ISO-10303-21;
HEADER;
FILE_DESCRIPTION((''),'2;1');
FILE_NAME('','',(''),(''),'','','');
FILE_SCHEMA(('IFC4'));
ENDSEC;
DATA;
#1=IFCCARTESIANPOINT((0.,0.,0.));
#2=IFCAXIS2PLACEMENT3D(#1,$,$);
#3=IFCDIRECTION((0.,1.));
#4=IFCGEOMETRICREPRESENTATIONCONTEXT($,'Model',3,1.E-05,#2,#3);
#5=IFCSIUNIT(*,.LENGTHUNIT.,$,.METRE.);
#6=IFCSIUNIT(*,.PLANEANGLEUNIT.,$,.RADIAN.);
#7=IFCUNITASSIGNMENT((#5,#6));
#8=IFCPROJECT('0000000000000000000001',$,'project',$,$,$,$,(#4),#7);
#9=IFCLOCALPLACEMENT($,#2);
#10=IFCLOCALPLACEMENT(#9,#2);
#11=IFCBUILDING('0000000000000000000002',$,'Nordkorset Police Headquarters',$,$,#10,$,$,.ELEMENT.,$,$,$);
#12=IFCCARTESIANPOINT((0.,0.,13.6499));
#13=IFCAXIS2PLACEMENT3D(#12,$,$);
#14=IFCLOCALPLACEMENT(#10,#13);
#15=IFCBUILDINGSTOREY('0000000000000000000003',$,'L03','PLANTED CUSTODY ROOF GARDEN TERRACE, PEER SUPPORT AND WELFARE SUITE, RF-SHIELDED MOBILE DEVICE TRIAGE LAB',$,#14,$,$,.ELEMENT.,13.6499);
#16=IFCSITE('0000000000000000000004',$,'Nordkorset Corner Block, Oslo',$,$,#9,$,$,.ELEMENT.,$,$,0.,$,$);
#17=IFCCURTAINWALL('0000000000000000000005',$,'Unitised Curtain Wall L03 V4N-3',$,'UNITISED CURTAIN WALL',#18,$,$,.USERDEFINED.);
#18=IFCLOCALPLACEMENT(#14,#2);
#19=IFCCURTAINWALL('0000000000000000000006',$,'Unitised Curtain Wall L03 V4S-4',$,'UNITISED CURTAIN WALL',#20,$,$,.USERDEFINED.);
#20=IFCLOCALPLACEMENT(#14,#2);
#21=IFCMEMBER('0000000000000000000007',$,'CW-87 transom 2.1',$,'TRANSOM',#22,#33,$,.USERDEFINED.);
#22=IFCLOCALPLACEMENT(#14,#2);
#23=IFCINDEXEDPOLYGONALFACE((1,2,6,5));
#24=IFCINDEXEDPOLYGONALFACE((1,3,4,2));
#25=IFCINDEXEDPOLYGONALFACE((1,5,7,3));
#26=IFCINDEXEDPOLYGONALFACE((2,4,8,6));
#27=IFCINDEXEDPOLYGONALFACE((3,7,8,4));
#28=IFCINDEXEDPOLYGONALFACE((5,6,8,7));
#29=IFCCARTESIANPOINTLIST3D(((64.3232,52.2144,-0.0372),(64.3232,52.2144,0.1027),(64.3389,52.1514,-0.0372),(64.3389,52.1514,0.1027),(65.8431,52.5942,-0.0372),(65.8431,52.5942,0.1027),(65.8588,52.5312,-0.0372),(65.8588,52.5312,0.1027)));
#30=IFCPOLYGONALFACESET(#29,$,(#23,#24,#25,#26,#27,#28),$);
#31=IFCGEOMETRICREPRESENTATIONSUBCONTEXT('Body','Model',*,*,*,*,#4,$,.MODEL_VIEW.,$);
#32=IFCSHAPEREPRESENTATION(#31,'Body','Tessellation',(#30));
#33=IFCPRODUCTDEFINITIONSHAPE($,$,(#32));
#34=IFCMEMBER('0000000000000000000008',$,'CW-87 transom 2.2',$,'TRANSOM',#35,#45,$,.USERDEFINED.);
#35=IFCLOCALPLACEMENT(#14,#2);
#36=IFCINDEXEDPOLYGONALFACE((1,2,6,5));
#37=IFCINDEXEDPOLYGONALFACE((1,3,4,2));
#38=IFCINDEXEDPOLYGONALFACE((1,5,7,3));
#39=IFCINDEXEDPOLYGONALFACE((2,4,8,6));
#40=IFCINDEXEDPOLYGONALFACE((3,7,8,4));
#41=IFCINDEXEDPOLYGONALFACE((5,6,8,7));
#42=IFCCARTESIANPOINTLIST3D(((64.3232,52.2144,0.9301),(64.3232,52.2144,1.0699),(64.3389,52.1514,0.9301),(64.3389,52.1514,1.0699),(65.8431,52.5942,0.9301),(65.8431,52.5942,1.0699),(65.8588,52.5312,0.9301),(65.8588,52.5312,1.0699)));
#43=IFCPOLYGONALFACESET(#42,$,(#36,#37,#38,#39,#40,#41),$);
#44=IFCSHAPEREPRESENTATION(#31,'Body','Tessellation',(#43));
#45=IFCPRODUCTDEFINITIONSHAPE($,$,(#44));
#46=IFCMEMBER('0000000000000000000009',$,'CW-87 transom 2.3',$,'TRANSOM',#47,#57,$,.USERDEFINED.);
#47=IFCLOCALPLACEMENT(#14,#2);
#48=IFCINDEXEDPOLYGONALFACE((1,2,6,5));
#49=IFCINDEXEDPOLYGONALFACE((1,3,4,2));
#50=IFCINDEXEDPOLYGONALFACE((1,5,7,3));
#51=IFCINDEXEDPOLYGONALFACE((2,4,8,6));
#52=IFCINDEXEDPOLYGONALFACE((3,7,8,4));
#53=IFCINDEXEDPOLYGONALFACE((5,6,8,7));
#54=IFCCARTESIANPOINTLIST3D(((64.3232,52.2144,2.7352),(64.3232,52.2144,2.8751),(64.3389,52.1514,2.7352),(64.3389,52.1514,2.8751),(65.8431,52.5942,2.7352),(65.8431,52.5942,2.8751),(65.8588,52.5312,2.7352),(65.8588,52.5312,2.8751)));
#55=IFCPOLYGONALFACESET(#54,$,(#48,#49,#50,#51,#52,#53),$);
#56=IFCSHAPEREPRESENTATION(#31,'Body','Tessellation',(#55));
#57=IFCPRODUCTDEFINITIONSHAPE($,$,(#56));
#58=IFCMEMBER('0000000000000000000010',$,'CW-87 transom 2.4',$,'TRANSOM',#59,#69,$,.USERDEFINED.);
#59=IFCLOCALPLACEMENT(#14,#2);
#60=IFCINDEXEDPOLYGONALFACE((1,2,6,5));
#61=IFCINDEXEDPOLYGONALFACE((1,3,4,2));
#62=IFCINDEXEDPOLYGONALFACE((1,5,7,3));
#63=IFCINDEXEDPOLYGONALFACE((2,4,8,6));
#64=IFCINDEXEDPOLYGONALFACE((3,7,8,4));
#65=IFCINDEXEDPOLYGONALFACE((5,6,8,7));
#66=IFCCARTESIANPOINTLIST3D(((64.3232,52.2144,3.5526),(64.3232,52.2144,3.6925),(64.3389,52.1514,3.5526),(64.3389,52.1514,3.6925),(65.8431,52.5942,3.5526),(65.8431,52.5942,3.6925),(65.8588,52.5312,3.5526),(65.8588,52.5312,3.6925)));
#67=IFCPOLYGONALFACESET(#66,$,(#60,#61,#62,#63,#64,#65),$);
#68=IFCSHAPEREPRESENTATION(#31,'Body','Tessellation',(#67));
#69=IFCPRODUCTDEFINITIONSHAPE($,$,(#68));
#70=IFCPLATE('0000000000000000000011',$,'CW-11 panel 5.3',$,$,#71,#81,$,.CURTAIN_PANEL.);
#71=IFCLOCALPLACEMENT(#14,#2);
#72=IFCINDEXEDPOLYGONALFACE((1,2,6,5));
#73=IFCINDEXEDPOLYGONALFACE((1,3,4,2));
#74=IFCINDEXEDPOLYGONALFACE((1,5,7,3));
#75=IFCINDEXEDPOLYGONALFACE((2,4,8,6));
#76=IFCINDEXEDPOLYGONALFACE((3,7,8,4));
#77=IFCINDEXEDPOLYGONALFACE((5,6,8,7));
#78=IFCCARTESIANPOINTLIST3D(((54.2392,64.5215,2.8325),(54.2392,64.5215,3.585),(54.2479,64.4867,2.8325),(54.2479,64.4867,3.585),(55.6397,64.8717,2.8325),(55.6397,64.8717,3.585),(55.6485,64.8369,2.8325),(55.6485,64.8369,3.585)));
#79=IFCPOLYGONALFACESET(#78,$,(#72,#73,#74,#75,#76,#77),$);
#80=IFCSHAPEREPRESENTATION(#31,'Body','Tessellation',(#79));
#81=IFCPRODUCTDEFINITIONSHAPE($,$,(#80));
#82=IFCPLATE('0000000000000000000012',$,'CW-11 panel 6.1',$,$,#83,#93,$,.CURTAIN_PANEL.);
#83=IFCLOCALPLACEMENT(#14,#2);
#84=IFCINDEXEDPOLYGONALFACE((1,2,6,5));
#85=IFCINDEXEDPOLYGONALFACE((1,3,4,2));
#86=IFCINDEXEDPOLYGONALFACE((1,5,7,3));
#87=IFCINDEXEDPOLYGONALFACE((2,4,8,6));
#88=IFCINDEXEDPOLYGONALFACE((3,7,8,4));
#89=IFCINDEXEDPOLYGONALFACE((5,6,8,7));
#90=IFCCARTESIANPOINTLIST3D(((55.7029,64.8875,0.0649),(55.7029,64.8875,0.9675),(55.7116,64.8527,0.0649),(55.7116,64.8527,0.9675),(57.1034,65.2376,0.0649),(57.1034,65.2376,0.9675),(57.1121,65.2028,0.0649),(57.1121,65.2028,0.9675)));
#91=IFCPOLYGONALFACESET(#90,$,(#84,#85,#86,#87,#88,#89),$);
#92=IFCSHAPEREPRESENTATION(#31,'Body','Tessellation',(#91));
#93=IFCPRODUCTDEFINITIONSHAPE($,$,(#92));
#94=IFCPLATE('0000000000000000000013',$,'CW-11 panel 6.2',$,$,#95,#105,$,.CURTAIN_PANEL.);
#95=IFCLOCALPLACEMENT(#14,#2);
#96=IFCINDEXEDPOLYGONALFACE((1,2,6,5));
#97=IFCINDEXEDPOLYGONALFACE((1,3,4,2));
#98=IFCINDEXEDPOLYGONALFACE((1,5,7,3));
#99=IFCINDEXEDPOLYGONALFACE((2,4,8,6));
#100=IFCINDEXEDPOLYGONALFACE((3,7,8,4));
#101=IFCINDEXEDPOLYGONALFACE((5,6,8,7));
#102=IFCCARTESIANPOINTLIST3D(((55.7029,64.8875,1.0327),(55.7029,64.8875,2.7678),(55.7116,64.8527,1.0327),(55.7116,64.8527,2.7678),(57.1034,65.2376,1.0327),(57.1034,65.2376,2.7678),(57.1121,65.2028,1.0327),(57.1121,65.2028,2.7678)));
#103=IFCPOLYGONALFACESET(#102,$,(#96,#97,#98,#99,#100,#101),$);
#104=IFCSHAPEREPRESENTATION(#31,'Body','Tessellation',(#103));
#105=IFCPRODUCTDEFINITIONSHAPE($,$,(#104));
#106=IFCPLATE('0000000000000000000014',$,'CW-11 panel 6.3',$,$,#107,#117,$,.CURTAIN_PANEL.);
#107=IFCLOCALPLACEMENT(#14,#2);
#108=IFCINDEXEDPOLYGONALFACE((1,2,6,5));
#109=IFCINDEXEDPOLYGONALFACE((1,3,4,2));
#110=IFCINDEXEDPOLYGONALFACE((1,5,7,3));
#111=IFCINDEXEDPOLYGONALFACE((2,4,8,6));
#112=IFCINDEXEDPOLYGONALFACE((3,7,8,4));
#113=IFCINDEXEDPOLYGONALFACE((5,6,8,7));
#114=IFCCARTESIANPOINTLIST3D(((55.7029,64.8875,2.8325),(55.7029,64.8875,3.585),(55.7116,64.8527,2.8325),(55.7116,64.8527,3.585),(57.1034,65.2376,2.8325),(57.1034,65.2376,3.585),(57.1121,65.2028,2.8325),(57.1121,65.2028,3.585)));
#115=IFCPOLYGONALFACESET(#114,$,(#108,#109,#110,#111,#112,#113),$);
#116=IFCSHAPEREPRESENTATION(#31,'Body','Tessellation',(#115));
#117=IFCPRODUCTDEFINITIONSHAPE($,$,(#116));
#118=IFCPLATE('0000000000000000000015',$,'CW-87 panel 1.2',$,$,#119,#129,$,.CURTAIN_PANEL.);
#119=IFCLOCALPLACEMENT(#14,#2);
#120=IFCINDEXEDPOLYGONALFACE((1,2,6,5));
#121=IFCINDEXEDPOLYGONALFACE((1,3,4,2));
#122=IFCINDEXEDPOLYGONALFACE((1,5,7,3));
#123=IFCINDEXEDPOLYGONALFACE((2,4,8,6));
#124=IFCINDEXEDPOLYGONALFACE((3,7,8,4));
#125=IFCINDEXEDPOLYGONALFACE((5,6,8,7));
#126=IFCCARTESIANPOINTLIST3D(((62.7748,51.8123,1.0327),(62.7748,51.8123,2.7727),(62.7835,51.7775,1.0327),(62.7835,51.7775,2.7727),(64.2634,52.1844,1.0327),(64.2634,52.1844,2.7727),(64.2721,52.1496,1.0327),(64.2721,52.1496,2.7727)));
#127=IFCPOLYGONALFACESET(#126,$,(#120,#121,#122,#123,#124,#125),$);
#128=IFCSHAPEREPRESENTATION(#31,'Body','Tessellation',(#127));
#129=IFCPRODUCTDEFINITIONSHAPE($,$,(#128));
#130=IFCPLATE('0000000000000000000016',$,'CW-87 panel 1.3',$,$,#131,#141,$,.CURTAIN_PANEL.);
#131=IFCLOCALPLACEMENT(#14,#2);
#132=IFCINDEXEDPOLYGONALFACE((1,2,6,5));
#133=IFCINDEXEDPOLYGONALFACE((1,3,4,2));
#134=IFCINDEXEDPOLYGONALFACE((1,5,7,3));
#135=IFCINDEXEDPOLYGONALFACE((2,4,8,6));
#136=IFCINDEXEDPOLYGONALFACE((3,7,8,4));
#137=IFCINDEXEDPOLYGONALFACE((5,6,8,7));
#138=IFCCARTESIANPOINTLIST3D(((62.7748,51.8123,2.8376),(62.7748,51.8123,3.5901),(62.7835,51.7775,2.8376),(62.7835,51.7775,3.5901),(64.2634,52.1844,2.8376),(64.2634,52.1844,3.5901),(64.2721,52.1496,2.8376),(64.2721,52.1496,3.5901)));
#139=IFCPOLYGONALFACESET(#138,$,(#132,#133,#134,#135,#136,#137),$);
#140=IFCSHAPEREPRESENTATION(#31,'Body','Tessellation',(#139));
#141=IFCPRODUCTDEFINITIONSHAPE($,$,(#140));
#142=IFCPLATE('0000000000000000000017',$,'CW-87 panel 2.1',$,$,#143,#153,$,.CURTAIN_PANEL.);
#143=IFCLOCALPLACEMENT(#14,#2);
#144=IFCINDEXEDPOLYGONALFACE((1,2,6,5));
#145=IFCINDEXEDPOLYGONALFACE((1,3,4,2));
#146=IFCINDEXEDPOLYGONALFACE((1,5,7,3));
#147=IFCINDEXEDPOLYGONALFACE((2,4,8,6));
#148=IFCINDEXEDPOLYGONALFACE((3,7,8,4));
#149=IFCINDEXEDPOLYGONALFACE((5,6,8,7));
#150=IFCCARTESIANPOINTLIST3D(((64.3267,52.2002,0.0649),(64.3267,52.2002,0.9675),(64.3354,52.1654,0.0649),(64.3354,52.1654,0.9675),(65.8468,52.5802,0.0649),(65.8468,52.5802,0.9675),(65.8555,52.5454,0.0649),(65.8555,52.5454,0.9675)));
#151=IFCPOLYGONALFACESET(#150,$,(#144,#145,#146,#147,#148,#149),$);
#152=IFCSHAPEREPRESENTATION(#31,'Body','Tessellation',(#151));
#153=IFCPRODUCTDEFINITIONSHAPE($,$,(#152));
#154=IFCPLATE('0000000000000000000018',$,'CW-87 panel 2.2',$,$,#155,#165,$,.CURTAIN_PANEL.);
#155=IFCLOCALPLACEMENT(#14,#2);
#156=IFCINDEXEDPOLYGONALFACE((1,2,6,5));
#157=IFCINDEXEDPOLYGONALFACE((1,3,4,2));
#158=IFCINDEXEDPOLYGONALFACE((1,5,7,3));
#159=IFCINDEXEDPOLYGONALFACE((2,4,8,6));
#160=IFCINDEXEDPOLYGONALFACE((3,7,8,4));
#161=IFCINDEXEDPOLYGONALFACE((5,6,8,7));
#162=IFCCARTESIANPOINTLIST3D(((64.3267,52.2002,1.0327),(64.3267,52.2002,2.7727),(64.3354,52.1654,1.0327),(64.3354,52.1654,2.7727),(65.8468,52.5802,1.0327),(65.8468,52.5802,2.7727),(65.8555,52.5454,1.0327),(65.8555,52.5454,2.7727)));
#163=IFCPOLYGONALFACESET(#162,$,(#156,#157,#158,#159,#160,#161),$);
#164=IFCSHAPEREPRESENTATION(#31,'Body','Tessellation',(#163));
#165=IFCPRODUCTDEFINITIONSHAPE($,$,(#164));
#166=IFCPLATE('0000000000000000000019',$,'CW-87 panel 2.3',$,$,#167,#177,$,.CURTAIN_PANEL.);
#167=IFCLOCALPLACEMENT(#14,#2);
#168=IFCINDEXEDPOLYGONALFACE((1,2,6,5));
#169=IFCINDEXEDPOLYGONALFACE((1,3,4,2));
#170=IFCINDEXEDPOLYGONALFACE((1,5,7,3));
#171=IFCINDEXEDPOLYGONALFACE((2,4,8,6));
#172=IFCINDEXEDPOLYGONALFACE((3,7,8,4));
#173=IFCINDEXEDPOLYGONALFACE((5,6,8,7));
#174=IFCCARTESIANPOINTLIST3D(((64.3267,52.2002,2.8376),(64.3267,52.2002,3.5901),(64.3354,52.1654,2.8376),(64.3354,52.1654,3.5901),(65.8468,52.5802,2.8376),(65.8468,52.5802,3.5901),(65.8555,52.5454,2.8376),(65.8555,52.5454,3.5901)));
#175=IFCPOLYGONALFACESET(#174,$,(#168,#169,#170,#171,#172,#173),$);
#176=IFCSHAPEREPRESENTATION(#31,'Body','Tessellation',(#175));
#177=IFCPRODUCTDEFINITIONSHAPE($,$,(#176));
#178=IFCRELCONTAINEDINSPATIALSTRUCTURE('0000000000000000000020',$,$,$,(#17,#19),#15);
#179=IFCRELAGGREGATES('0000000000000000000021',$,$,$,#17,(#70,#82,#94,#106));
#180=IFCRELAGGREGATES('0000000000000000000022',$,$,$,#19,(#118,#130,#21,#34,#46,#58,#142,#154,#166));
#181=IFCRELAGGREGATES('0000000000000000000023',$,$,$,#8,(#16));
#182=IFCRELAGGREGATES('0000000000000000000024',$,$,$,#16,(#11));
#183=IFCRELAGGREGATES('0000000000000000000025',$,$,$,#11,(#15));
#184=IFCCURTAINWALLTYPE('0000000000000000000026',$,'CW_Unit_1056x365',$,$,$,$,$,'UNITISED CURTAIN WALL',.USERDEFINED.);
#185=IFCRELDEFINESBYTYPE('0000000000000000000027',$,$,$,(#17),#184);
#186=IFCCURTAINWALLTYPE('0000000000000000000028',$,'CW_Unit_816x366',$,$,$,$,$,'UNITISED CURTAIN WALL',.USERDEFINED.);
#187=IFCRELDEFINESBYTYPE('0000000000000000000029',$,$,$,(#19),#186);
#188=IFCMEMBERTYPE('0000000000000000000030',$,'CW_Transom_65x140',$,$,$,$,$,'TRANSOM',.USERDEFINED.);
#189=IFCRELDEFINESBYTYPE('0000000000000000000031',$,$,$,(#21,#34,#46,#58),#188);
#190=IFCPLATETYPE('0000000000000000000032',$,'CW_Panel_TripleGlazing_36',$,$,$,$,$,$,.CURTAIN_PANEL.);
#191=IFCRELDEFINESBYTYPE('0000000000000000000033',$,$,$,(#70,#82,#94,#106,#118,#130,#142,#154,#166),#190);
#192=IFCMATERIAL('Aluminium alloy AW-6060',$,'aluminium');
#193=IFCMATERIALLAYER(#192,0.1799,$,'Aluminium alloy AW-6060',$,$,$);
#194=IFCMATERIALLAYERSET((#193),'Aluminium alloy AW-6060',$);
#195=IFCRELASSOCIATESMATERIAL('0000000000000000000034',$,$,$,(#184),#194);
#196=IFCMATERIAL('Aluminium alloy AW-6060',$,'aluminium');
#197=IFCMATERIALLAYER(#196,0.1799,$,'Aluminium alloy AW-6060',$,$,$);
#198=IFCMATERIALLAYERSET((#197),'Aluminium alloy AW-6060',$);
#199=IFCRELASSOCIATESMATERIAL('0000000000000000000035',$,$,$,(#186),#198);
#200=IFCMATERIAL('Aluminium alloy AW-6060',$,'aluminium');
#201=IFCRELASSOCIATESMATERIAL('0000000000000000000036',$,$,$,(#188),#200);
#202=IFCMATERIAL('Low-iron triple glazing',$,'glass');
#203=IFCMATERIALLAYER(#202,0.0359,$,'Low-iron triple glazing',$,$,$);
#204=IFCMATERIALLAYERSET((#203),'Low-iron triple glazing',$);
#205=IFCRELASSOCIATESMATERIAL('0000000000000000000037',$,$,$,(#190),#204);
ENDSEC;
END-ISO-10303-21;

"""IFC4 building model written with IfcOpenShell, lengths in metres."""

from ifc_helpers import new_model, si_unit, direction, frame, origin, origin_2d, place, context, subcontext, project, spatial, rectangle, extrude, material, layer, layer_set, material_profile, profile_set, type_object, element, aggregate, save


model = new_model("IFC4")

# Units and contexts
model_context = context("Model", 3, precision=1e-05, world=origin(), true_north=direction((0.0, 1.0)))
body_context = subcontext(model_context, "Body", "Model", "MODEL_VIEW")
ifc_project = project(units=[si_unit("LENGTHUNIT", "METRE"), si_unit("PLANEANGLEUNIT", "RADIAN")], contexts=[model_context])

# Site, building, storey
site_placement = place(None, origin())
site = spatial("IfcSite", under=ifc_project, at=site_placement, Name="Nordkorset Corner Block, Oslo", CompositionType="ELEMENT", RefElevation=0.0)
building_placement = place(site_placement, origin())
building = spatial("IfcBuilding", under=site, at=building_placement, Name="Nordkorset Police Headquarters", CompositionType="ELEMENT")
storey_placement = place(building_placement, frame((0.0, 0.0, 13.6499)))
storey = spatial("IfcBuildingStorey", under=building, at=storey_placement, Name="L03", Description="PLANTED CUSTODY ROOF GARDEN TERRACE, PEER SUPPORT AND WELFARE SUITE, RF-SHIELDED MOBILE DEVICE TRIAGE LAB", CompositionType="ELEMENT", Elevation=13.6499)

# Curtain wall
ifc_material_1 = material(Name="Aluminium alloy AW-6060", Category="aluminium")
ifc_layer_1 = layer(ifc_material_1, 0.1799, Name="Aluminium alloy AW-6060")
ifc_layer_set_1 = layer_set([ifc_layer_1], Name="Aluminium alloy AW-6060")
curtain_wall_type_1 = type_object("IfcCurtainWallType", Name="CW_Unit_1056x365", ElementType="UNITISED CURTAIN WALL", PredefinedType="USERDEFINED", material=ifc_layer_set_1)
curtain_wall_1_placement = place(storey_placement, origin())
curtain_wall_1 = element("IfcCurtainWall", 1, at=curtain_wall_1_placement, inside=storey, type_object=curtain_wall_type_1, Name="Unitised Curtain Wall L03 V4N-3", ObjectType="UNITISED CURTAIN WALL", PredefinedType="USERDEFINED")

# Curtain wall
ifc_material_2 = material(Name="Aluminium alloy AW-6060", Category="aluminium")
ifc_layer_2 = layer(ifc_material_2, 0.1799, Name="Aluminium alloy AW-6060")
ifc_layer_set_2 = layer_set([ifc_layer_2], Name="Aluminium alloy AW-6060")
curtain_wall_type_2 = type_object("IfcCurtainWallType", Name="CW_Unit_816x366", ElementType="UNITISED CURTAIN WALL", PredefinedType="USERDEFINED", material=ifc_layer_set_2)
curtain_wall_2_placement = place(storey_placement, origin())
curtain_wall_2 = element("IfcCurtainWall", 2, at=curtain_wall_2_placement, inside=storey, type_object=curtain_wall_type_2, Name="Unitised Curtain Wall L03 V4S-4", ObjectType="UNITISED CURTAIN WALL", PredefinedType="USERDEFINED")

# Members
ifc_material_3 = material(Name="Aluminium alloy AW-6060", Category="aluminium")
ifc_material_profile_1 = material_profile(ifc_material_3, rectangle(XDim=0.0649, YDim=0.1399, at=origin_2d()), Name="ALU TRAN 65x140")
ifc_profile_set_1 = profile_set([ifc_material_profile_1], Name="Aluminium alloy AW-6060")
member_type_1 = type_object("IfcMemberType", Name="CW_Transom_65x140", ElementType="TRANSOM", PredefinedType="USERDEFINED", material=ifc_profile_set_1)
member_1_placement = place(storey_placement, frame((64.3311, 52.1829, 0.0327), z_axis=(0.970161, 0.242462, 0.0), x_axis=(-0.242462, 0.970161, 0.0)))
member_1 = element("IfcMember", 3, at=member_1_placement, type_object=member_type_1, Name="CW-87 transom 2.1", ObjectType="TRANSOM", PredefinedType="USERDEFINED", context=body_context, shape_type="SweptSolid", body=[
    extrude(rectangle(XDim=0.0649, YDim=0.1399, at=origin_2d()), origin(), (0.0, 0.0, 1.0), 1.5667),
])
member_2_placement = place(storey_placement, frame((64.3311, 52.1829, 1.0), z_axis=(0.970161, 0.242462, 0.0), x_axis=(-0.242462, 0.970161, 0.0)))
member_2 = element("IfcMember", 4, at=member_2_placement, type_object=member_type_1, Name="CW-87 transom 2.2", ObjectType="TRANSOM", PredefinedType="USERDEFINED", context=body_context, shape_type="SweptSolid", body=[
    extrude(rectangle(XDim=0.0649, YDim=0.1399, at=origin_2d()), origin(), (0.0, 0.0, 1.0), 1.5667),
])
member_3_placement = place(storey_placement, frame((64.3311, 52.1829, 2.8052), z_axis=(0.970161, 0.242462, 0.0), x_axis=(-0.242462, 0.970161, 0.0)))
member_3 = element("IfcMember", 5, at=member_3_placement, type_object=member_type_1, Name="CW-87 transom 2.3", ObjectType="TRANSOM", PredefinedType="USERDEFINED", context=body_context, shape_type="SweptSolid", body=[
    extrude(rectangle(XDim=0.0649, YDim=0.1399, at=origin_2d()), origin(), (0.0, 0.0, 1.0), 1.5667),
])
member_4_placement = place(storey_placement, frame((64.3311, 52.1829, 3.6226), z_axis=(0.970161, 0.242462, 0.0), x_axis=(-0.242462, 0.970161, 0.0)))
member_4 = element("IfcMember", 6, at=member_4_placement, type_object=member_type_1, Name="CW-87 transom 2.4", ObjectType="TRANSOM", PredefinedType="USERDEFINED", context=body_context, shape_type="SweptSolid", body=[
    extrude(rectangle(XDim=0.0649, YDim=0.1399, at=origin_2d()), origin(), (0.0, 0.0, 1.0), 1.5667),
])

# Plates
ifc_material_4 = material(Name="Low-iron triple glazing", Category="glass")
ifc_layer_3 = layer(ifc_material_4, 0.0359, Name="Low-iron triple glazing")
ifc_layer_set_3 = layer_set([ifc_layer_3], Name="Low-iron triple glazing")
plate_type = type_object("IfcPlateType", Name="CW_Panel_TripleGlazing_36", PredefinedType="CURTAIN_PANEL", material=ifc_layer_set_3)
plate_1_placement = place(storey_placement, frame((54.9438, 64.6792, 2.8325), z_axis=(0.0, 0.0, 1.0), x_axis=(0.970142, 0.242536, 0.0)))
plate_1 = element("IfcPlate", 7, at=plate_1_placement, type_object=plate_type, Name="CW-11 panel 5.3", PredefinedType="CURTAIN_PANEL", context=body_context, shape_type="SweptSolid", body=[
    extrude(rectangle(XDim=1.4436, YDim=0.0359, at=origin_2d()), origin(), (0.0, 0.0, 1.0), 0.7524),
])
plate_2_placement = place(storey_placement, frame((56.4075, 65.0452, 0.0649), z_axis=(0.0, 0.0, 1.0), x_axis=(0.970142, 0.242536, 0.0)))
plate_2 = element("IfcPlate", 8, at=plate_2_placement, type_object=plate_type, Name="CW-11 panel 6.1", PredefinedType="CURTAIN_PANEL", context=body_context, shape_type="SweptSolid", body=[
    extrude(rectangle(XDim=1.4436, YDim=0.0359, at=origin_2d()), origin(), (0.0, 0.0, 1.0), 0.9026),
])
plate_3_placement = place(storey_placement, frame((56.4075, 65.0452, 1.0327), z_axis=(0.0, 0.0, 1.0), x_axis=(0.970142, 0.242536, 0.0)))
plate_3 = element("IfcPlate", 9, at=plate_3_placement, type_object=plate_type, Name="CW-11 panel 6.2", PredefinedType="CURTAIN_PANEL", context=body_context, shape_type="SweptSolid", body=[
    extrude(rectangle(XDim=1.4436, YDim=0.0359, at=origin_2d()), origin(), (0.0, 0.0, 1.0), 1.7351),
])
plate_4_placement = place(storey_placement, frame((56.4075, 65.0452, 2.8325), z_axis=(0.0, 0.0, 1.0), x_axis=(0.970142, 0.242536, 0.0)))
plate_4 = element("IfcPlate", 10, at=plate_4_placement, type_object=plate_type, Name="CW-11 panel 6.3", PredefinedType="CURTAIN_PANEL", context=body_context, shape_type="SweptSolid", body=[
    extrude(rectangle(XDim=1.4436, YDim=0.0359, at=origin_2d()), origin(), (0.0, 0.0, 1.0), 0.7524),
])
aggregate(curtain_wall_1, [plate_1, plate_2, plate_3, plate_4])
plate_5_placement = place(storey_placement, frame((63.5234, 51.981, 1.0327), z_axis=(0.0, 0.0, 1.0), x_axis=(0.970143, 0.242536, 0.0)))
plate_5 = element("IfcPlate", 11, at=plate_5_placement, type_object=plate_type, Name="CW-87 panel 1.2", PredefinedType="CURTAIN_PANEL", context=body_context, shape_type="SweptSolid", body=[
    extrude(rectangle(XDim=1.5344, YDim=0.0359, at=origin_2d()), origin(), (0.0, 0.0, 1.0), 1.74),
])
plate_6_placement = place(storey_placement, frame((63.5234, 51.981, 2.8376), z_axis=(0.0, 0.0, 1.0), x_axis=(0.970143, 0.242536, 0.0)))
plate_6 = element("IfcPlate", 12, at=plate_6_placement, type_object=plate_type, Name="CW-87 panel 1.3", PredefinedType="CURTAIN_PANEL", context=body_context, shape_type="SweptSolid", body=[
    extrude(rectangle(XDim=1.5344, YDim=0.0359, at=origin_2d()), origin(), (0.0, 0.0, 1.0), 0.7524),
])
plate_7_placement = place(storey_placement, frame((65.0911, 52.3728, 0.0649), z_axis=(0.0, 0.0, 1.0), x_axis=(0.970143, 0.242536, 0.0)))
plate_7 = element("IfcPlate", 13, at=plate_7_placement, type_object=plate_type, Name="CW-87 panel 2.1", PredefinedType="CURTAIN_PANEL", context=body_context, shape_type="SweptSolid", body=[
    extrude(rectangle(XDim=1.5669, YDim=0.0359, at=origin_2d()), origin(), (0.0, 0.0, 1.0), 0.9026),
])
plate_8_placement = place(storey_placement, frame((65.0911, 52.3728, 1.0327), z_axis=(0.0, 0.0, 1.0), x_axis=(0.970143, 0.242536, 0.0)))
plate_8 = element("IfcPlate", 14, at=plate_8_placement, type_object=plate_type, Name="CW-87 panel 2.2", PredefinedType="CURTAIN_PANEL", context=body_context, shape_type="SweptSolid", body=[
    extrude(rectangle(XDim=1.5669, YDim=0.0359, at=origin_2d()), origin(), (0.0, 0.0, 1.0), 1.74),
])
plate_9_placement = place(storey_placement, frame((65.0911, 52.3728, 2.8376), z_axis=(0.0, 0.0, 1.0), x_axis=(0.970143, 0.242536, 0.0)))
plate_9 = element("IfcPlate", 15, at=plate_9_placement, type_object=plate_type, Name="CW-87 panel 2.3", PredefinedType="CURTAIN_PANEL", context=body_context, shape_type="SweptSolid", body=[
    extrude(rectangle(XDim=1.5669, YDim=0.0359, at=origin_2d()), origin(), (0.0, 0.0, 1.0), 0.7524),
])
aggregate(curtain_wall_2, [plate_5, plate_6, member_1, member_2, member_3, member_4, plate_7, plate_8, plate_9])

save(model, "model.ifc")
